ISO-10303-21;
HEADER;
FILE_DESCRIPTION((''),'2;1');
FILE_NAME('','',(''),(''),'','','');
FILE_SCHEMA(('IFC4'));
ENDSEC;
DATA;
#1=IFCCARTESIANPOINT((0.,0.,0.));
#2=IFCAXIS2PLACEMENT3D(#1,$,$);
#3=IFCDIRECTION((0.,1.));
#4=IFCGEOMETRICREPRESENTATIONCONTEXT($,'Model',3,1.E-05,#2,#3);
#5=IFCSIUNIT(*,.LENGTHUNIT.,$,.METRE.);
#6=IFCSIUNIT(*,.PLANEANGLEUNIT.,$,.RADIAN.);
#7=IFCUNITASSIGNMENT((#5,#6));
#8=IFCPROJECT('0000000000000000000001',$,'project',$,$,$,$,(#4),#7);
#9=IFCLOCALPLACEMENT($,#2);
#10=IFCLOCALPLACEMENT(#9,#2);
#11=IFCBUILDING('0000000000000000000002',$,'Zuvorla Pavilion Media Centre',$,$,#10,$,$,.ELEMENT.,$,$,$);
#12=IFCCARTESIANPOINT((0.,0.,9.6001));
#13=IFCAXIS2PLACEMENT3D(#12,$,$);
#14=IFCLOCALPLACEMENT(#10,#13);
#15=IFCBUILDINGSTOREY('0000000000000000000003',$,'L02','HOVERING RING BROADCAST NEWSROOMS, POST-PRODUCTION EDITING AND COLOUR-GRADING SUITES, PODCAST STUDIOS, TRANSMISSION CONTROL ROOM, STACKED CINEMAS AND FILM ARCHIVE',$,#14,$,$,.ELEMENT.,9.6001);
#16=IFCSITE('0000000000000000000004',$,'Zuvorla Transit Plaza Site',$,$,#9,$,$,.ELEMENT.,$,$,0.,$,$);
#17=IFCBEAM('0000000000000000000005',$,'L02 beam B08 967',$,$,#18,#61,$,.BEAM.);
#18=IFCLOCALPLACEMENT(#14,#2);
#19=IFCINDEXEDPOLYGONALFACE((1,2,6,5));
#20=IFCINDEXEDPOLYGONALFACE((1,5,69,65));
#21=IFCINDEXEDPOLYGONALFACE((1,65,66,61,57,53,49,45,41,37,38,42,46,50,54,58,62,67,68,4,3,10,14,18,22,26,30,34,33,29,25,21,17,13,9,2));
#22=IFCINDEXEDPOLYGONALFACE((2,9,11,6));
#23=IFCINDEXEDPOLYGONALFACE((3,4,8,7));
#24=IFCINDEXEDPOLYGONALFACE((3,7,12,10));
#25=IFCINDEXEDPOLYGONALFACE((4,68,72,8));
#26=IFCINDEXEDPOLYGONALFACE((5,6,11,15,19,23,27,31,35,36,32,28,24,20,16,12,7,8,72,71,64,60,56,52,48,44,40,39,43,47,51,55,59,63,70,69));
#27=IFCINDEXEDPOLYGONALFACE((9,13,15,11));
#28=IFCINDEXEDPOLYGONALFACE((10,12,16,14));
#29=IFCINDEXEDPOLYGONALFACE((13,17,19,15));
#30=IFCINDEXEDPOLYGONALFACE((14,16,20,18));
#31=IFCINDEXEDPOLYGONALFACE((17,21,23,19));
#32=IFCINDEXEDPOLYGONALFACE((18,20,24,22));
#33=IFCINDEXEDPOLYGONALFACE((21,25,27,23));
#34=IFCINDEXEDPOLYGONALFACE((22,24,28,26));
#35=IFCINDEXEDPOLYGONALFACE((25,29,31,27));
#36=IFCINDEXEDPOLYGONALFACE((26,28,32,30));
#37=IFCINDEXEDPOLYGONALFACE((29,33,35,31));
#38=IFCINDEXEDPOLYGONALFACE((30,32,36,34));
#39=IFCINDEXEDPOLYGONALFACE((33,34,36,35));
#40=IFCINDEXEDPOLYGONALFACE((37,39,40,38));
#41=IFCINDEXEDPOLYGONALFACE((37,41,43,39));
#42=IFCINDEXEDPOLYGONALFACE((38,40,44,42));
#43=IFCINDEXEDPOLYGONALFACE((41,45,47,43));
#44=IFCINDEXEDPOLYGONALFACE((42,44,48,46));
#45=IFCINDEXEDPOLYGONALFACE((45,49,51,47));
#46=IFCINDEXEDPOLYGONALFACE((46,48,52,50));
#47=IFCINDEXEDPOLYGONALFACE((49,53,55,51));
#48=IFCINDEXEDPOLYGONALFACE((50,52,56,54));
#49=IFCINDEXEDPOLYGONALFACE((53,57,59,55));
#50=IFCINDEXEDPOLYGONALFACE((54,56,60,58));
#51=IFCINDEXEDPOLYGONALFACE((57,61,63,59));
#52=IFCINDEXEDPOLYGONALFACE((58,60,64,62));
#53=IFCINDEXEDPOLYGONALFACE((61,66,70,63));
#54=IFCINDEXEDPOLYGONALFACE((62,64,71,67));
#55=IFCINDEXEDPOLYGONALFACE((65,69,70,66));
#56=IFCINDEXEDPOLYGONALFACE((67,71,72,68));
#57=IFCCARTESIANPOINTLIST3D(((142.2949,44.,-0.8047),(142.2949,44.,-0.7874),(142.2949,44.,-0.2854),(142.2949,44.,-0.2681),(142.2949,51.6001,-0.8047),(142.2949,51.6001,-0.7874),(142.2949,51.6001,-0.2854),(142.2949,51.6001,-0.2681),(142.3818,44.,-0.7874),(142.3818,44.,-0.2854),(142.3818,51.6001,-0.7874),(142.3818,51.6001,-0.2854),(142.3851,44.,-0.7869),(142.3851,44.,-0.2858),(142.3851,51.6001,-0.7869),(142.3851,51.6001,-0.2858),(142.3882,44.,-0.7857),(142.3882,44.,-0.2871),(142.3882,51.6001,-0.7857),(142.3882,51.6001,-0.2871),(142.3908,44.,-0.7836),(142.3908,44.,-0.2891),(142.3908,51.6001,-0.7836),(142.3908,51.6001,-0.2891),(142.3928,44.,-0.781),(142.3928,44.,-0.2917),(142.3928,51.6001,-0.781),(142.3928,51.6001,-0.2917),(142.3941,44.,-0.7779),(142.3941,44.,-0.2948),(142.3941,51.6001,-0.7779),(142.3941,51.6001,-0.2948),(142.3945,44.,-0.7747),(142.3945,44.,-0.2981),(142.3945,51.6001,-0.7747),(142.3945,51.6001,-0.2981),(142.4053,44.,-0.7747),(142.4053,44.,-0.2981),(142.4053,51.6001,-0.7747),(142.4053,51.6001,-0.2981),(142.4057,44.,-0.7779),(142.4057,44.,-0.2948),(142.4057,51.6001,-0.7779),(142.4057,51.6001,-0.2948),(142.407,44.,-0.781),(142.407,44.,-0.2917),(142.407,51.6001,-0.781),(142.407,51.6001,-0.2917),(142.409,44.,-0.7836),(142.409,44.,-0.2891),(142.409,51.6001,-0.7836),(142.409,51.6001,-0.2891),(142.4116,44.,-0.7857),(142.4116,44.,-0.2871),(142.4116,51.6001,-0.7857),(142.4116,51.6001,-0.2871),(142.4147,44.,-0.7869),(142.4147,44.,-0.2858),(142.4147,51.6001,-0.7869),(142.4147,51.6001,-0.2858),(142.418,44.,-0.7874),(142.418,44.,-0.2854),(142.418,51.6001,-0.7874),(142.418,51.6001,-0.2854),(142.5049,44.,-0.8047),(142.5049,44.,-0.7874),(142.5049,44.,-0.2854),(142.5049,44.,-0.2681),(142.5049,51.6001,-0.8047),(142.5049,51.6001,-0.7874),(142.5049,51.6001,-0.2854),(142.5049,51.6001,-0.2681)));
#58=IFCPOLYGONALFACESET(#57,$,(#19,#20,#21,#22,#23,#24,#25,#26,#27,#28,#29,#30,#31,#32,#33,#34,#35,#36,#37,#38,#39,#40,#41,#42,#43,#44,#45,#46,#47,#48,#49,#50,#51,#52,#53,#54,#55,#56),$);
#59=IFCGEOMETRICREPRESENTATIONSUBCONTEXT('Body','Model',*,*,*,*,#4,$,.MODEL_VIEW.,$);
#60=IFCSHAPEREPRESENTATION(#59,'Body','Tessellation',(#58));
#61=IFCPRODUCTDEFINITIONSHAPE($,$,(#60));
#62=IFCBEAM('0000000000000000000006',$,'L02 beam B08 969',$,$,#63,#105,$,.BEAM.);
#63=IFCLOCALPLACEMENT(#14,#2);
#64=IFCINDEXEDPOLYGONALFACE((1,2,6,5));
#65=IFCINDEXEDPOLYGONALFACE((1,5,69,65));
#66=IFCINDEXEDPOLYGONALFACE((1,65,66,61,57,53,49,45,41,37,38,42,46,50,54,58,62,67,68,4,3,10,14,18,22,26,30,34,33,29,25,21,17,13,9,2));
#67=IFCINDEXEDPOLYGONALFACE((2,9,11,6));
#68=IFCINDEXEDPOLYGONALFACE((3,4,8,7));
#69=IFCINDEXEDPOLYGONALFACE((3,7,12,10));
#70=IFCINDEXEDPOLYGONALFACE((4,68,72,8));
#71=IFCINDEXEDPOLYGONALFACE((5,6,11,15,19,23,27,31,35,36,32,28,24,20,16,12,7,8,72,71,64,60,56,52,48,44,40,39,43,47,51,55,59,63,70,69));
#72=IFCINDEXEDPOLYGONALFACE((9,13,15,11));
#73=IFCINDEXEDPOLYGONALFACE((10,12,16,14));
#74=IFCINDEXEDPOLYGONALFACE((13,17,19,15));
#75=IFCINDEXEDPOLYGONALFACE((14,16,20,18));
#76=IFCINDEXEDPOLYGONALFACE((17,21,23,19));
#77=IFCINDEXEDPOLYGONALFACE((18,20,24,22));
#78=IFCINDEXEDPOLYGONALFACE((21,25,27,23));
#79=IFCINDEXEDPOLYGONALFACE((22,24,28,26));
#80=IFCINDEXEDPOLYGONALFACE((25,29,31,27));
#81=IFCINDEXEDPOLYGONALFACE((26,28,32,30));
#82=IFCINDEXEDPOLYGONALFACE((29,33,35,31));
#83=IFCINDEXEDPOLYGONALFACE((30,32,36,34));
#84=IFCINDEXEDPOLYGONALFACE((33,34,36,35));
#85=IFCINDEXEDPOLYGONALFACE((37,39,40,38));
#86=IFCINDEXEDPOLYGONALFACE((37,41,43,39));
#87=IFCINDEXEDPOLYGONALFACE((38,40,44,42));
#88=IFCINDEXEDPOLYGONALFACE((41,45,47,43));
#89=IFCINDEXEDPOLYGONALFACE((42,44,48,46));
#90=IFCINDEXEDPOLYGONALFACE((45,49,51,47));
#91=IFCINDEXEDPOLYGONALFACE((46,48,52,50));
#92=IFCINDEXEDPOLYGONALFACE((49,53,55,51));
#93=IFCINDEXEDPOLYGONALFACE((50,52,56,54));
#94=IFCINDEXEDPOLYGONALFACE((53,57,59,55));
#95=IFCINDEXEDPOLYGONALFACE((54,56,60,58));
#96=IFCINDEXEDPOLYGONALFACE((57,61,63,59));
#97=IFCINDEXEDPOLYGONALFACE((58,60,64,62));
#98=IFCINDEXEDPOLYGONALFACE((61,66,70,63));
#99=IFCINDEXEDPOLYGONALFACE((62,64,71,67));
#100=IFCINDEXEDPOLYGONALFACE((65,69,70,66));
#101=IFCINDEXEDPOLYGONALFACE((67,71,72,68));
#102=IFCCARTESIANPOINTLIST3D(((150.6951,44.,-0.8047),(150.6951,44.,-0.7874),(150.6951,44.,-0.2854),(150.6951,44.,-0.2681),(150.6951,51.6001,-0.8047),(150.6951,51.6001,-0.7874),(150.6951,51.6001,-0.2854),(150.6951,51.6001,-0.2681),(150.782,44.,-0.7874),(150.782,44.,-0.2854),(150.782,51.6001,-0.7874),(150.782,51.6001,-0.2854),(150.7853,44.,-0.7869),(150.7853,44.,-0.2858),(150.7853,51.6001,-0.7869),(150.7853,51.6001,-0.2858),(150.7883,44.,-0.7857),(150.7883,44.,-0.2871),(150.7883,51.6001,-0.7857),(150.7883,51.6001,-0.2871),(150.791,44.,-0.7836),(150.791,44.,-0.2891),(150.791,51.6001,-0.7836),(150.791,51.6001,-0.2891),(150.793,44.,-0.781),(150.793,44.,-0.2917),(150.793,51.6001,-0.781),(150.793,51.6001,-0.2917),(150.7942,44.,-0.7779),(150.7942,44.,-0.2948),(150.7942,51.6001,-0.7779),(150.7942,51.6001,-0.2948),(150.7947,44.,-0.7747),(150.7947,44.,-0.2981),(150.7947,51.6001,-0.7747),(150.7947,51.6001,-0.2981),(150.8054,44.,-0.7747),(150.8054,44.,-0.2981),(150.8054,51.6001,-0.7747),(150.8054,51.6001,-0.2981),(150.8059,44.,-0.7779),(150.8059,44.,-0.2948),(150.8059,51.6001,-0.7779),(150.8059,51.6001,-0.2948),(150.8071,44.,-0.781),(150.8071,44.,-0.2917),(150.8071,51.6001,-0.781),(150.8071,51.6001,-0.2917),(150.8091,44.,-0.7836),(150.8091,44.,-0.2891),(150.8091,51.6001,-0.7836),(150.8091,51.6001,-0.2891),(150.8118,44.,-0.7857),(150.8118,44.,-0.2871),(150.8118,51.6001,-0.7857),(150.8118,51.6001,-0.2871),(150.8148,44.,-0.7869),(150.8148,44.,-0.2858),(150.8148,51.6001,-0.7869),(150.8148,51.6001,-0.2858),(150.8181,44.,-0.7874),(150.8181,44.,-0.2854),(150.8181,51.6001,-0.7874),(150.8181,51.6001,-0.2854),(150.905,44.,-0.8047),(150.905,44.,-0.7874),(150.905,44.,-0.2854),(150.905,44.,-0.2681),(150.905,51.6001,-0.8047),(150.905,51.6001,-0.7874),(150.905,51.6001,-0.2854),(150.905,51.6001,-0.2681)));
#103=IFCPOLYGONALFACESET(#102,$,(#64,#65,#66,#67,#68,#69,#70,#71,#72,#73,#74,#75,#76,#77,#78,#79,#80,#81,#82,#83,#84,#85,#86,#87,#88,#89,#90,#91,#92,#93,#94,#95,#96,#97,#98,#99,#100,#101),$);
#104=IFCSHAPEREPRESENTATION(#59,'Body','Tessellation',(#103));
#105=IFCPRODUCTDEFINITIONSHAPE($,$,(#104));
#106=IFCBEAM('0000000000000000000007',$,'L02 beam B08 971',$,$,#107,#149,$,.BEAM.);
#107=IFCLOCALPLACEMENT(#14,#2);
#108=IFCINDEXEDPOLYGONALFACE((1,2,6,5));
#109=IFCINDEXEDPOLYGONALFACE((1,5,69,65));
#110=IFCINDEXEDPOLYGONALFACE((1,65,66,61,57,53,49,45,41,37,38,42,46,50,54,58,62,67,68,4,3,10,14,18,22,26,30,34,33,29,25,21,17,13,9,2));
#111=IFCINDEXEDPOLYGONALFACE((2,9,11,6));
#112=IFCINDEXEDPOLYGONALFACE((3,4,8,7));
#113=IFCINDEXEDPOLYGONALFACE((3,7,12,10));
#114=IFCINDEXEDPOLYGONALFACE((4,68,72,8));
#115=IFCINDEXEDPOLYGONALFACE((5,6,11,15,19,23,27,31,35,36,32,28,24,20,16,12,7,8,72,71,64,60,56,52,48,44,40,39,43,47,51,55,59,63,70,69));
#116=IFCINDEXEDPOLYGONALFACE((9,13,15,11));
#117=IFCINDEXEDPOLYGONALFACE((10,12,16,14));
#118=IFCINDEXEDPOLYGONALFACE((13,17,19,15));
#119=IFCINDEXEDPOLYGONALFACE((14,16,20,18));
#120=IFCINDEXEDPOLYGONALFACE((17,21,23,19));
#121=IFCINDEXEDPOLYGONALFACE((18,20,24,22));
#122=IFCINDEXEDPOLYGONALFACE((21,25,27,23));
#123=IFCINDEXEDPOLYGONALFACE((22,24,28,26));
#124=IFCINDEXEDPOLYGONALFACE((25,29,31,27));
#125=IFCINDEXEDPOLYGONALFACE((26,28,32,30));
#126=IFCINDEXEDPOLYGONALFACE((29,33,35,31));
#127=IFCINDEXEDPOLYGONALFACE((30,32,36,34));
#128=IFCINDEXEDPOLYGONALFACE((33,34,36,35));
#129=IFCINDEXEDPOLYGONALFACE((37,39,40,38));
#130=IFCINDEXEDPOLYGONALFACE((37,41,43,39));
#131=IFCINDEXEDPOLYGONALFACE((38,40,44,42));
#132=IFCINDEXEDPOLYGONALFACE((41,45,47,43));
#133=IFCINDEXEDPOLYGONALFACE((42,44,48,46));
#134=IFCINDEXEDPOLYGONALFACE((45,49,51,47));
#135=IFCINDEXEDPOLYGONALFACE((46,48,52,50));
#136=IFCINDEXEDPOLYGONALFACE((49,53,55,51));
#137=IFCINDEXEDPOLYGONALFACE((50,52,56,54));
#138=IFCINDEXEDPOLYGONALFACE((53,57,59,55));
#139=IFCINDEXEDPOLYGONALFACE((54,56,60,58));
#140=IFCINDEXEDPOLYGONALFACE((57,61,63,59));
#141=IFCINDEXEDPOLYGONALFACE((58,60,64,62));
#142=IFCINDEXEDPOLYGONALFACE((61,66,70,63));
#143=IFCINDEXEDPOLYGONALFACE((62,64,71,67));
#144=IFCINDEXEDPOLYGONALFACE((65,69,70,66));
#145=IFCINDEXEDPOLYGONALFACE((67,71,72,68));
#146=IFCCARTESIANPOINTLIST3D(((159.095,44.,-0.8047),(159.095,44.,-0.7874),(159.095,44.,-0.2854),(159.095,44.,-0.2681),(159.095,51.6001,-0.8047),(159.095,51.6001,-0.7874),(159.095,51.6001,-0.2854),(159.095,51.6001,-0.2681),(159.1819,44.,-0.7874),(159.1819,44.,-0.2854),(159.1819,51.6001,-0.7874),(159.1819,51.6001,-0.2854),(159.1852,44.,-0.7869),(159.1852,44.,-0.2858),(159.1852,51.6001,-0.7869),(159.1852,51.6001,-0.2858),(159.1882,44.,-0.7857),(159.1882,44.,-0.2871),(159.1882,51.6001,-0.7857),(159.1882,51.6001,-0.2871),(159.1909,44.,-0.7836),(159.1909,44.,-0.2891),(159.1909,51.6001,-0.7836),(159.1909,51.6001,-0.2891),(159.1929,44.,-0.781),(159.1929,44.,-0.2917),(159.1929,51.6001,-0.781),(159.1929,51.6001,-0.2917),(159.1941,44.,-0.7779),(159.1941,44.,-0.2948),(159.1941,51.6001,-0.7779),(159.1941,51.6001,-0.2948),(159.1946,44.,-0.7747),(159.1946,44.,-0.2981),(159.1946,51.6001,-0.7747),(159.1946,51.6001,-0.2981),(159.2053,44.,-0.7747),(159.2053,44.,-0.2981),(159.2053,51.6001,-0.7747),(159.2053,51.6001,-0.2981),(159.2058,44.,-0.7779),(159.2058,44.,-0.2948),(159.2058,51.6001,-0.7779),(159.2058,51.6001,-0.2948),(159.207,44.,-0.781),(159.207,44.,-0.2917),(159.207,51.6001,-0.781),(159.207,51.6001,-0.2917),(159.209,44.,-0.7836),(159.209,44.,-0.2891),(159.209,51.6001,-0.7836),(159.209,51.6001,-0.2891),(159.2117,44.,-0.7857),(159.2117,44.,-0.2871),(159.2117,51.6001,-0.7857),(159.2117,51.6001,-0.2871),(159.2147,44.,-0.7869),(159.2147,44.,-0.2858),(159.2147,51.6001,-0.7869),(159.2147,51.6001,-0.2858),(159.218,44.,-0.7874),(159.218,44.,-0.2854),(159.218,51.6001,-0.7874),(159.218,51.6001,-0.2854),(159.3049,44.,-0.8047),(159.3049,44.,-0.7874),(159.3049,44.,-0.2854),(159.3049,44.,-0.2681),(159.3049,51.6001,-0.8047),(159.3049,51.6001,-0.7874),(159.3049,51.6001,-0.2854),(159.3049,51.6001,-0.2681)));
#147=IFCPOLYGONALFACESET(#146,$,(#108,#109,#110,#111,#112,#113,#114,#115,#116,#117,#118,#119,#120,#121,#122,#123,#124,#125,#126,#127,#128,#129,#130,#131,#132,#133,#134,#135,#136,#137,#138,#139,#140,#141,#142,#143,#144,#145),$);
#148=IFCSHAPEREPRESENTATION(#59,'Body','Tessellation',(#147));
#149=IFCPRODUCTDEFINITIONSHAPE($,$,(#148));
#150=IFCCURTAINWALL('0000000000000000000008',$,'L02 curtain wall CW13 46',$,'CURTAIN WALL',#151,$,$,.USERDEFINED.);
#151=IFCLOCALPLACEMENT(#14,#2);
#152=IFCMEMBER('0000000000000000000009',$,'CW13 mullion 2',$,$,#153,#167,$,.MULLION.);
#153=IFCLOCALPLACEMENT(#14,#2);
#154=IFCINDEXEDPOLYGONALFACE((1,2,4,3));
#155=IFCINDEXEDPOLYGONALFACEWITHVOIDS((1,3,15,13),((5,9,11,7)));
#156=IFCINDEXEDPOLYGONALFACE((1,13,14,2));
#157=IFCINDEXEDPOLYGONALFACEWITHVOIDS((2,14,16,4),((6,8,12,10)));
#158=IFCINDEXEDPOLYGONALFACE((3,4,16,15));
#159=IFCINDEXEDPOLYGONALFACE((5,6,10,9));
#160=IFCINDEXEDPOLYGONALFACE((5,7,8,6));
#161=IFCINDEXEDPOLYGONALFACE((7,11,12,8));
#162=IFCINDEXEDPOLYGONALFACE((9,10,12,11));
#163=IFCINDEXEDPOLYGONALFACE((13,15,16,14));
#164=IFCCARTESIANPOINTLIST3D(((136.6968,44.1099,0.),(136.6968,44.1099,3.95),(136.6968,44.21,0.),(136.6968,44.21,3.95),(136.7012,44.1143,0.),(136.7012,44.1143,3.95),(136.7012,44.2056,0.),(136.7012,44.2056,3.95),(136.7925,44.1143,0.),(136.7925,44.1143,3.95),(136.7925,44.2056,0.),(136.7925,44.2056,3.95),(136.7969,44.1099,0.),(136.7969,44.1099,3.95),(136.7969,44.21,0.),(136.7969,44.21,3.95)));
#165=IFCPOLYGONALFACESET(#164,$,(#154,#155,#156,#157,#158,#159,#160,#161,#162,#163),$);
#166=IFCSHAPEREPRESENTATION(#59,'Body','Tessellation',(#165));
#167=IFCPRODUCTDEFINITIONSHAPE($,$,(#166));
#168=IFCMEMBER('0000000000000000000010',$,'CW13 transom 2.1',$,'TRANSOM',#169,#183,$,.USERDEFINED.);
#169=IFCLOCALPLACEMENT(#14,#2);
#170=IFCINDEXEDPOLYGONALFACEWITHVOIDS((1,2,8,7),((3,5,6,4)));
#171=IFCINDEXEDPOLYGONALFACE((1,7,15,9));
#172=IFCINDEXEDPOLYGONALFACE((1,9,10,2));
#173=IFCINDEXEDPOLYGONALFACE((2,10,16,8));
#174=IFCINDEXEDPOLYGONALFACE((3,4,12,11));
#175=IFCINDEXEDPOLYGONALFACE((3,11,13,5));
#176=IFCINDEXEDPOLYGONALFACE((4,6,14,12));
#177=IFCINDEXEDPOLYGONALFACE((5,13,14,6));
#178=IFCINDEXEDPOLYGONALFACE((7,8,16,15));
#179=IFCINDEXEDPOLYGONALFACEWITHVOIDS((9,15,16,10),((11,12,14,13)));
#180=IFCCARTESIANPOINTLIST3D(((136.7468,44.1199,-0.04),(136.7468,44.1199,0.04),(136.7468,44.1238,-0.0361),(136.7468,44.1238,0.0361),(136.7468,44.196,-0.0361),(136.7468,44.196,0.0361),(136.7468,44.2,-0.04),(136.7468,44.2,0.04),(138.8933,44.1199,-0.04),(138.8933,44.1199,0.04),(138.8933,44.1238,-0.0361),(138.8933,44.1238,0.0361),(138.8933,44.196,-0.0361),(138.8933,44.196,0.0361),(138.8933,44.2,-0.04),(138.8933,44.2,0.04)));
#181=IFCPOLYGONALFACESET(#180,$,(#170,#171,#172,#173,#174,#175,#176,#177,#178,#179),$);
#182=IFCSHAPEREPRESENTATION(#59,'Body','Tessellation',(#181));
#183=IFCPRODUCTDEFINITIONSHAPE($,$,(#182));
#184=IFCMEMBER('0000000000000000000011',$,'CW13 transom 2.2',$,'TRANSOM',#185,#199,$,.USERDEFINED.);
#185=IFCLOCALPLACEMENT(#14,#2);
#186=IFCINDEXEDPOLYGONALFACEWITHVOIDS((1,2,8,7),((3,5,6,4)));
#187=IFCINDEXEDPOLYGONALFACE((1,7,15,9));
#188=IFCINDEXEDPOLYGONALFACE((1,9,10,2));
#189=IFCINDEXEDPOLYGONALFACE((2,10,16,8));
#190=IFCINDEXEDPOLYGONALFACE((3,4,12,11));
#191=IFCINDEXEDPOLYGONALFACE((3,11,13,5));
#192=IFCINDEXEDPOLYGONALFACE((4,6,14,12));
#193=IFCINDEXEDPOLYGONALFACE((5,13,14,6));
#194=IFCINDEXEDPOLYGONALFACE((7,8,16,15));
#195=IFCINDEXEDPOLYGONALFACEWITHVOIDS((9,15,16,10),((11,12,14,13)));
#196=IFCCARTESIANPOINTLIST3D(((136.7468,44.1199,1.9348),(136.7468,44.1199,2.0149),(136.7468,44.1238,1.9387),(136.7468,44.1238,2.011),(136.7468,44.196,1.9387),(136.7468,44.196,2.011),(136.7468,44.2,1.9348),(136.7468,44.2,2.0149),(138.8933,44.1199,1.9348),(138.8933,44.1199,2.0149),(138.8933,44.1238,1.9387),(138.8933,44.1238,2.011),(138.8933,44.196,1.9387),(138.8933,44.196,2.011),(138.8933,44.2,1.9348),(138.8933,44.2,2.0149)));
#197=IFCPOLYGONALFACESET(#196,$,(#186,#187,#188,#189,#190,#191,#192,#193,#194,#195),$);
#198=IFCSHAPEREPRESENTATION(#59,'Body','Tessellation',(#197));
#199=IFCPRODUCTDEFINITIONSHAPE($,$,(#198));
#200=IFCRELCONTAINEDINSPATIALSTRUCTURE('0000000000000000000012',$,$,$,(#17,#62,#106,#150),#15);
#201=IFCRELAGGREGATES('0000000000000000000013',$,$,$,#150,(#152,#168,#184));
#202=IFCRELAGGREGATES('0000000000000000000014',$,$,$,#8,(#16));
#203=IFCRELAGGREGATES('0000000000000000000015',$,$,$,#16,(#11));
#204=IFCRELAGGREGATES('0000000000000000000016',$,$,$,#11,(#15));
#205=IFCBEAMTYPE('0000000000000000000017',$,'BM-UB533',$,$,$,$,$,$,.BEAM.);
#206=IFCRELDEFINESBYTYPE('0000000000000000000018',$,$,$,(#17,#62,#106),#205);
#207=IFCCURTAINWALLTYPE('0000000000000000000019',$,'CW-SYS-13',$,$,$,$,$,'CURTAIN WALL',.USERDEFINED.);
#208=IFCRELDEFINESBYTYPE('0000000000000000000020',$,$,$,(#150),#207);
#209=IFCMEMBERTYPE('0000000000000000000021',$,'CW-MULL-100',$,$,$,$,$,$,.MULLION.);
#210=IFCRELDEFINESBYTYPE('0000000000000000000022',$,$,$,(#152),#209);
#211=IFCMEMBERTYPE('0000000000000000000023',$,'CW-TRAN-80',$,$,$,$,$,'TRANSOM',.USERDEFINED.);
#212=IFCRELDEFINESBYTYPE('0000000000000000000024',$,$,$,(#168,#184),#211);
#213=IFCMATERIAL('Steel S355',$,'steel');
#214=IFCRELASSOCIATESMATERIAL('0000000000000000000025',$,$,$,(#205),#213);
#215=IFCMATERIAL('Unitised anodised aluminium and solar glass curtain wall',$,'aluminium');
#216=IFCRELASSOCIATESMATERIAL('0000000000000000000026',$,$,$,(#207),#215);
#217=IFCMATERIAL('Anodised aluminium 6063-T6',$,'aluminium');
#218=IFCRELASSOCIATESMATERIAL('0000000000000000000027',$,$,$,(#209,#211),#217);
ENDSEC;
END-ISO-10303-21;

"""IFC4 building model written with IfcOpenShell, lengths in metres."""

from ifc_helpers import new_model, si_unit, direction, frame, origin, origin_2d, place, context, subcontext, project, spatial, hollow_rectangle, i_section, extrude, material, material_profile, profile_set, type_object, element, aggregate, save


model = new_model("IFC4")

# Units and contexts
model_context = context("Model", 3, precision=1e-05, world=origin(), true_north=direction((0.0, 1.0)))
body_context = subcontext(model_context, "Body", "Model", "MODEL_VIEW")
ifc_project = project(units=[si_unit("LENGTHUNIT", "METRE"), si_unit("PLANEANGLEUNIT", "RADIAN")], contexts=[model_context])

# Site, building, storey
site_placement = place(None, origin())
site = spatial("IfcSite", under=ifc_project, at=site_placement, Name="Zuvorla Transit Plaza Site", CompositionType="ELEMENT", RefElevation=0.0)
building_placement = place(site_placement, origin())
building = spatial("IfcBuilding", under=site, at=building_placement, Name="Zuvorla Pavilion Media Centre", CompositionType="ELEMENT")
storey_placement = place(building_placement, frame((0.0, 0.0, 9.6001)))
storey = spatial("IfcBuildingStorey", under=building, at=storey_placement, Name="L02", Description="HOVERING RING BROADCAST NEWSROOMS, POST-PRODUCTION EDITING AND COLOUR-GRADING SUITES, PODCAST STUDIOS, TRANSMISSION CONTROL ROOM, STACKED CINEMAS AND FILM ARCHIVE", CompositionType="ELEMENT", Elevation=9.6001)

# Shared definitions
ifc_material_1 = material(Name="Steel S355", Category="steel")

# Beams
ifc_material_profile_1 = material_profile(ifc_material_1, i_section(OverallWidth=0.21, OverallDepth=0.5366, WebThickness=0.0107, FlangeThickness=0.0173, FilletRadius=0.0127, at=origin_2d()), Name="UB 533x210x101")
ifc_profile_set_1 = profile_set([ifc_material_profile_1], Name="Steel S355")
beam_type_1 = type_object("IfcBeamType", Name="BM-UB533", PredefinedType="BEAM", material=ifc_profile_set_1)
for number, where, z_axis, x_axis, name in (
    (1, (142.3999, 44.0, -0.5364), (0.0, 1.0, 0.0), (-1.0, 0.0, 0.0), "L02 beam B08 967"),
    (2, (150.8, 44.0, -0.5364), (0.0, 1.0, 0.0), (-1.0, 0.0, 0.0), "L02 beam B08 969"),
    (3, (159.2, 44.0, -0.5364), (0.0, 1.0, 0.0), (-1.0, 0.0, 0.0), "L02 beam B08 971"),
):
    element("IfcBeam", number, at=place(storey_placement, frame(where, z_axis=z_axis, x_axis=x_axis)), inside=storey, type_object=beam_type_1, Name=name, PredefinedType="BEAM", context=body_context, shape_type="SweptSolid", body=[
        extrude(i_section(OverallWidth=0.21, OverallDepth=0.5366, WebThickness=0.0107, FlangeThickness=0.0173, FilletRadius=0.0127, at=origin_2d()), origin(), (0.0, 0.0, 1.0), 7.6001),
    ])

# Curtain wall, members
ifc_material_2 = material(Name="Unitised anodised aluminium and solar glass curtain wall", Category="aluminium")
curtain_wall_type = type_object("IfcCurtainWallType", Name="CW-SYS-13", ElementType="CURTAIN WALL", PredefinedType="USERDEFINED", material=ifc_material_2)
curtain_wall_placement = place(storey_placement, origin())
curtain_wall = element("IfcCurtainWall", 4, at=curtain_wall_placement, inside=storey, type_object=curtain_wall_type, Name="L02 curtain wall CW13 46", ObjectType="CURTAIN WALL", PredefinedType="USERDEFINED")
ifc_material_3 = material(Name="Anodised aluminium 6063-T6", Category="aluminium")
ifc_material_profile_2 = material_profile(ifc_material_3, hollow_rectangle(XDim=0.1001, YDim=0.1001, WallThickness=0.0044, at=origin_2d()), Name="ALU MULL 100x100")
ifc_profile_set_2 = profile_set([ifc_material_profile_2], Name="Anodised aluminium 6063-T6")
member_type_1 = type_object("IfcMemberType", Name="CW-MULL-100", PredefinedType="MULLION", material=ifc_profile_set_2)
member_1_placement = place(storey_placement, frame((136.7468, 44.1599, 0.0), z_axis=(0.0, 0.0, 1.0), x_axis=(1.0, 0.0, 0.0)))
member_1 = element("IfcMember", 5, at=member_1_placement, type_object=member_type_1, Name="CW13 mullion 2", PredefinedType="MULLION", context=body_context, shape_type="SweptSolid", body=[
    extrude(hollow_rectangle(XDim=0.1001, YDim=0.1001, WallThickness=0.0044, at=origin_2d()), origin(), (0.0, 0.0, 1.0), 3.95),
])
ifc_material_profile_3 = material_profile(ifc_material_3, hollow_rectangle(XDim=0.0801, YDim=0.0801, WallThickness=0.0039, at=origin_2d()), Name="ALU TRAN 80x80")
ifc_profile_set_3 = profile_set([ifc_material_profile_3], Name="Anodised aluminium 6063-T6")
member_type_2 = type_object("IfcMemberType", Name="CW-TRAN-80", ElementType="TRANSOM", PredefinedType="USERDEFINED", material=ifc_profile_set_3)
member_2_placement = place(storey_placement, frame((136.7468, 44.1599, 0.0), z_axis=(1.0, 0.0, 0.0), x_axis=(0.0, 1.0, 0.0)))
member_2 = element("IfcMember", 6, at=member_2_placement, type_object=member_type_2, Name="CW13 transom 2.1", ObjectType="TRANSOM", PredefinedType="USERDEFINED", context=body_context, shape_type="SweptSolid", body=[
    extrude(hollow_rectangle(XDim=0.0801, YDim=0.0801, WallThickness=0.0039, at=origin_2d()), origin(), (0.0, 0.0, 1.0), 2.1465),
])
member_3_placement = place(storey_placement, frame((136.7468, 44.1599, 1.9749), z_axis=(1.0, 0.0, 0.0), x_axis=(0.0, 1.0, 0.0)))
member_3 = element("IfcMember", 7, at=member_3_placement, type_object=member_type_2, Name="CW13 transom 2.2", ObjectType="TRANSOM", PredefinedType="USERDEFINED", context=body_context, shape_type="SweptSolid", body=[
    extrude(hollow_rectangle(XDim=0.0801, YDim=0.0801, WallThickness=0.0039, at=origin_2d()), origin(), (0.0, 0.0, 1.0), 2.1465),
])
aggregate(curtain_wall, [member_1, member_2, member_3])

save(model, "model.ifc")
